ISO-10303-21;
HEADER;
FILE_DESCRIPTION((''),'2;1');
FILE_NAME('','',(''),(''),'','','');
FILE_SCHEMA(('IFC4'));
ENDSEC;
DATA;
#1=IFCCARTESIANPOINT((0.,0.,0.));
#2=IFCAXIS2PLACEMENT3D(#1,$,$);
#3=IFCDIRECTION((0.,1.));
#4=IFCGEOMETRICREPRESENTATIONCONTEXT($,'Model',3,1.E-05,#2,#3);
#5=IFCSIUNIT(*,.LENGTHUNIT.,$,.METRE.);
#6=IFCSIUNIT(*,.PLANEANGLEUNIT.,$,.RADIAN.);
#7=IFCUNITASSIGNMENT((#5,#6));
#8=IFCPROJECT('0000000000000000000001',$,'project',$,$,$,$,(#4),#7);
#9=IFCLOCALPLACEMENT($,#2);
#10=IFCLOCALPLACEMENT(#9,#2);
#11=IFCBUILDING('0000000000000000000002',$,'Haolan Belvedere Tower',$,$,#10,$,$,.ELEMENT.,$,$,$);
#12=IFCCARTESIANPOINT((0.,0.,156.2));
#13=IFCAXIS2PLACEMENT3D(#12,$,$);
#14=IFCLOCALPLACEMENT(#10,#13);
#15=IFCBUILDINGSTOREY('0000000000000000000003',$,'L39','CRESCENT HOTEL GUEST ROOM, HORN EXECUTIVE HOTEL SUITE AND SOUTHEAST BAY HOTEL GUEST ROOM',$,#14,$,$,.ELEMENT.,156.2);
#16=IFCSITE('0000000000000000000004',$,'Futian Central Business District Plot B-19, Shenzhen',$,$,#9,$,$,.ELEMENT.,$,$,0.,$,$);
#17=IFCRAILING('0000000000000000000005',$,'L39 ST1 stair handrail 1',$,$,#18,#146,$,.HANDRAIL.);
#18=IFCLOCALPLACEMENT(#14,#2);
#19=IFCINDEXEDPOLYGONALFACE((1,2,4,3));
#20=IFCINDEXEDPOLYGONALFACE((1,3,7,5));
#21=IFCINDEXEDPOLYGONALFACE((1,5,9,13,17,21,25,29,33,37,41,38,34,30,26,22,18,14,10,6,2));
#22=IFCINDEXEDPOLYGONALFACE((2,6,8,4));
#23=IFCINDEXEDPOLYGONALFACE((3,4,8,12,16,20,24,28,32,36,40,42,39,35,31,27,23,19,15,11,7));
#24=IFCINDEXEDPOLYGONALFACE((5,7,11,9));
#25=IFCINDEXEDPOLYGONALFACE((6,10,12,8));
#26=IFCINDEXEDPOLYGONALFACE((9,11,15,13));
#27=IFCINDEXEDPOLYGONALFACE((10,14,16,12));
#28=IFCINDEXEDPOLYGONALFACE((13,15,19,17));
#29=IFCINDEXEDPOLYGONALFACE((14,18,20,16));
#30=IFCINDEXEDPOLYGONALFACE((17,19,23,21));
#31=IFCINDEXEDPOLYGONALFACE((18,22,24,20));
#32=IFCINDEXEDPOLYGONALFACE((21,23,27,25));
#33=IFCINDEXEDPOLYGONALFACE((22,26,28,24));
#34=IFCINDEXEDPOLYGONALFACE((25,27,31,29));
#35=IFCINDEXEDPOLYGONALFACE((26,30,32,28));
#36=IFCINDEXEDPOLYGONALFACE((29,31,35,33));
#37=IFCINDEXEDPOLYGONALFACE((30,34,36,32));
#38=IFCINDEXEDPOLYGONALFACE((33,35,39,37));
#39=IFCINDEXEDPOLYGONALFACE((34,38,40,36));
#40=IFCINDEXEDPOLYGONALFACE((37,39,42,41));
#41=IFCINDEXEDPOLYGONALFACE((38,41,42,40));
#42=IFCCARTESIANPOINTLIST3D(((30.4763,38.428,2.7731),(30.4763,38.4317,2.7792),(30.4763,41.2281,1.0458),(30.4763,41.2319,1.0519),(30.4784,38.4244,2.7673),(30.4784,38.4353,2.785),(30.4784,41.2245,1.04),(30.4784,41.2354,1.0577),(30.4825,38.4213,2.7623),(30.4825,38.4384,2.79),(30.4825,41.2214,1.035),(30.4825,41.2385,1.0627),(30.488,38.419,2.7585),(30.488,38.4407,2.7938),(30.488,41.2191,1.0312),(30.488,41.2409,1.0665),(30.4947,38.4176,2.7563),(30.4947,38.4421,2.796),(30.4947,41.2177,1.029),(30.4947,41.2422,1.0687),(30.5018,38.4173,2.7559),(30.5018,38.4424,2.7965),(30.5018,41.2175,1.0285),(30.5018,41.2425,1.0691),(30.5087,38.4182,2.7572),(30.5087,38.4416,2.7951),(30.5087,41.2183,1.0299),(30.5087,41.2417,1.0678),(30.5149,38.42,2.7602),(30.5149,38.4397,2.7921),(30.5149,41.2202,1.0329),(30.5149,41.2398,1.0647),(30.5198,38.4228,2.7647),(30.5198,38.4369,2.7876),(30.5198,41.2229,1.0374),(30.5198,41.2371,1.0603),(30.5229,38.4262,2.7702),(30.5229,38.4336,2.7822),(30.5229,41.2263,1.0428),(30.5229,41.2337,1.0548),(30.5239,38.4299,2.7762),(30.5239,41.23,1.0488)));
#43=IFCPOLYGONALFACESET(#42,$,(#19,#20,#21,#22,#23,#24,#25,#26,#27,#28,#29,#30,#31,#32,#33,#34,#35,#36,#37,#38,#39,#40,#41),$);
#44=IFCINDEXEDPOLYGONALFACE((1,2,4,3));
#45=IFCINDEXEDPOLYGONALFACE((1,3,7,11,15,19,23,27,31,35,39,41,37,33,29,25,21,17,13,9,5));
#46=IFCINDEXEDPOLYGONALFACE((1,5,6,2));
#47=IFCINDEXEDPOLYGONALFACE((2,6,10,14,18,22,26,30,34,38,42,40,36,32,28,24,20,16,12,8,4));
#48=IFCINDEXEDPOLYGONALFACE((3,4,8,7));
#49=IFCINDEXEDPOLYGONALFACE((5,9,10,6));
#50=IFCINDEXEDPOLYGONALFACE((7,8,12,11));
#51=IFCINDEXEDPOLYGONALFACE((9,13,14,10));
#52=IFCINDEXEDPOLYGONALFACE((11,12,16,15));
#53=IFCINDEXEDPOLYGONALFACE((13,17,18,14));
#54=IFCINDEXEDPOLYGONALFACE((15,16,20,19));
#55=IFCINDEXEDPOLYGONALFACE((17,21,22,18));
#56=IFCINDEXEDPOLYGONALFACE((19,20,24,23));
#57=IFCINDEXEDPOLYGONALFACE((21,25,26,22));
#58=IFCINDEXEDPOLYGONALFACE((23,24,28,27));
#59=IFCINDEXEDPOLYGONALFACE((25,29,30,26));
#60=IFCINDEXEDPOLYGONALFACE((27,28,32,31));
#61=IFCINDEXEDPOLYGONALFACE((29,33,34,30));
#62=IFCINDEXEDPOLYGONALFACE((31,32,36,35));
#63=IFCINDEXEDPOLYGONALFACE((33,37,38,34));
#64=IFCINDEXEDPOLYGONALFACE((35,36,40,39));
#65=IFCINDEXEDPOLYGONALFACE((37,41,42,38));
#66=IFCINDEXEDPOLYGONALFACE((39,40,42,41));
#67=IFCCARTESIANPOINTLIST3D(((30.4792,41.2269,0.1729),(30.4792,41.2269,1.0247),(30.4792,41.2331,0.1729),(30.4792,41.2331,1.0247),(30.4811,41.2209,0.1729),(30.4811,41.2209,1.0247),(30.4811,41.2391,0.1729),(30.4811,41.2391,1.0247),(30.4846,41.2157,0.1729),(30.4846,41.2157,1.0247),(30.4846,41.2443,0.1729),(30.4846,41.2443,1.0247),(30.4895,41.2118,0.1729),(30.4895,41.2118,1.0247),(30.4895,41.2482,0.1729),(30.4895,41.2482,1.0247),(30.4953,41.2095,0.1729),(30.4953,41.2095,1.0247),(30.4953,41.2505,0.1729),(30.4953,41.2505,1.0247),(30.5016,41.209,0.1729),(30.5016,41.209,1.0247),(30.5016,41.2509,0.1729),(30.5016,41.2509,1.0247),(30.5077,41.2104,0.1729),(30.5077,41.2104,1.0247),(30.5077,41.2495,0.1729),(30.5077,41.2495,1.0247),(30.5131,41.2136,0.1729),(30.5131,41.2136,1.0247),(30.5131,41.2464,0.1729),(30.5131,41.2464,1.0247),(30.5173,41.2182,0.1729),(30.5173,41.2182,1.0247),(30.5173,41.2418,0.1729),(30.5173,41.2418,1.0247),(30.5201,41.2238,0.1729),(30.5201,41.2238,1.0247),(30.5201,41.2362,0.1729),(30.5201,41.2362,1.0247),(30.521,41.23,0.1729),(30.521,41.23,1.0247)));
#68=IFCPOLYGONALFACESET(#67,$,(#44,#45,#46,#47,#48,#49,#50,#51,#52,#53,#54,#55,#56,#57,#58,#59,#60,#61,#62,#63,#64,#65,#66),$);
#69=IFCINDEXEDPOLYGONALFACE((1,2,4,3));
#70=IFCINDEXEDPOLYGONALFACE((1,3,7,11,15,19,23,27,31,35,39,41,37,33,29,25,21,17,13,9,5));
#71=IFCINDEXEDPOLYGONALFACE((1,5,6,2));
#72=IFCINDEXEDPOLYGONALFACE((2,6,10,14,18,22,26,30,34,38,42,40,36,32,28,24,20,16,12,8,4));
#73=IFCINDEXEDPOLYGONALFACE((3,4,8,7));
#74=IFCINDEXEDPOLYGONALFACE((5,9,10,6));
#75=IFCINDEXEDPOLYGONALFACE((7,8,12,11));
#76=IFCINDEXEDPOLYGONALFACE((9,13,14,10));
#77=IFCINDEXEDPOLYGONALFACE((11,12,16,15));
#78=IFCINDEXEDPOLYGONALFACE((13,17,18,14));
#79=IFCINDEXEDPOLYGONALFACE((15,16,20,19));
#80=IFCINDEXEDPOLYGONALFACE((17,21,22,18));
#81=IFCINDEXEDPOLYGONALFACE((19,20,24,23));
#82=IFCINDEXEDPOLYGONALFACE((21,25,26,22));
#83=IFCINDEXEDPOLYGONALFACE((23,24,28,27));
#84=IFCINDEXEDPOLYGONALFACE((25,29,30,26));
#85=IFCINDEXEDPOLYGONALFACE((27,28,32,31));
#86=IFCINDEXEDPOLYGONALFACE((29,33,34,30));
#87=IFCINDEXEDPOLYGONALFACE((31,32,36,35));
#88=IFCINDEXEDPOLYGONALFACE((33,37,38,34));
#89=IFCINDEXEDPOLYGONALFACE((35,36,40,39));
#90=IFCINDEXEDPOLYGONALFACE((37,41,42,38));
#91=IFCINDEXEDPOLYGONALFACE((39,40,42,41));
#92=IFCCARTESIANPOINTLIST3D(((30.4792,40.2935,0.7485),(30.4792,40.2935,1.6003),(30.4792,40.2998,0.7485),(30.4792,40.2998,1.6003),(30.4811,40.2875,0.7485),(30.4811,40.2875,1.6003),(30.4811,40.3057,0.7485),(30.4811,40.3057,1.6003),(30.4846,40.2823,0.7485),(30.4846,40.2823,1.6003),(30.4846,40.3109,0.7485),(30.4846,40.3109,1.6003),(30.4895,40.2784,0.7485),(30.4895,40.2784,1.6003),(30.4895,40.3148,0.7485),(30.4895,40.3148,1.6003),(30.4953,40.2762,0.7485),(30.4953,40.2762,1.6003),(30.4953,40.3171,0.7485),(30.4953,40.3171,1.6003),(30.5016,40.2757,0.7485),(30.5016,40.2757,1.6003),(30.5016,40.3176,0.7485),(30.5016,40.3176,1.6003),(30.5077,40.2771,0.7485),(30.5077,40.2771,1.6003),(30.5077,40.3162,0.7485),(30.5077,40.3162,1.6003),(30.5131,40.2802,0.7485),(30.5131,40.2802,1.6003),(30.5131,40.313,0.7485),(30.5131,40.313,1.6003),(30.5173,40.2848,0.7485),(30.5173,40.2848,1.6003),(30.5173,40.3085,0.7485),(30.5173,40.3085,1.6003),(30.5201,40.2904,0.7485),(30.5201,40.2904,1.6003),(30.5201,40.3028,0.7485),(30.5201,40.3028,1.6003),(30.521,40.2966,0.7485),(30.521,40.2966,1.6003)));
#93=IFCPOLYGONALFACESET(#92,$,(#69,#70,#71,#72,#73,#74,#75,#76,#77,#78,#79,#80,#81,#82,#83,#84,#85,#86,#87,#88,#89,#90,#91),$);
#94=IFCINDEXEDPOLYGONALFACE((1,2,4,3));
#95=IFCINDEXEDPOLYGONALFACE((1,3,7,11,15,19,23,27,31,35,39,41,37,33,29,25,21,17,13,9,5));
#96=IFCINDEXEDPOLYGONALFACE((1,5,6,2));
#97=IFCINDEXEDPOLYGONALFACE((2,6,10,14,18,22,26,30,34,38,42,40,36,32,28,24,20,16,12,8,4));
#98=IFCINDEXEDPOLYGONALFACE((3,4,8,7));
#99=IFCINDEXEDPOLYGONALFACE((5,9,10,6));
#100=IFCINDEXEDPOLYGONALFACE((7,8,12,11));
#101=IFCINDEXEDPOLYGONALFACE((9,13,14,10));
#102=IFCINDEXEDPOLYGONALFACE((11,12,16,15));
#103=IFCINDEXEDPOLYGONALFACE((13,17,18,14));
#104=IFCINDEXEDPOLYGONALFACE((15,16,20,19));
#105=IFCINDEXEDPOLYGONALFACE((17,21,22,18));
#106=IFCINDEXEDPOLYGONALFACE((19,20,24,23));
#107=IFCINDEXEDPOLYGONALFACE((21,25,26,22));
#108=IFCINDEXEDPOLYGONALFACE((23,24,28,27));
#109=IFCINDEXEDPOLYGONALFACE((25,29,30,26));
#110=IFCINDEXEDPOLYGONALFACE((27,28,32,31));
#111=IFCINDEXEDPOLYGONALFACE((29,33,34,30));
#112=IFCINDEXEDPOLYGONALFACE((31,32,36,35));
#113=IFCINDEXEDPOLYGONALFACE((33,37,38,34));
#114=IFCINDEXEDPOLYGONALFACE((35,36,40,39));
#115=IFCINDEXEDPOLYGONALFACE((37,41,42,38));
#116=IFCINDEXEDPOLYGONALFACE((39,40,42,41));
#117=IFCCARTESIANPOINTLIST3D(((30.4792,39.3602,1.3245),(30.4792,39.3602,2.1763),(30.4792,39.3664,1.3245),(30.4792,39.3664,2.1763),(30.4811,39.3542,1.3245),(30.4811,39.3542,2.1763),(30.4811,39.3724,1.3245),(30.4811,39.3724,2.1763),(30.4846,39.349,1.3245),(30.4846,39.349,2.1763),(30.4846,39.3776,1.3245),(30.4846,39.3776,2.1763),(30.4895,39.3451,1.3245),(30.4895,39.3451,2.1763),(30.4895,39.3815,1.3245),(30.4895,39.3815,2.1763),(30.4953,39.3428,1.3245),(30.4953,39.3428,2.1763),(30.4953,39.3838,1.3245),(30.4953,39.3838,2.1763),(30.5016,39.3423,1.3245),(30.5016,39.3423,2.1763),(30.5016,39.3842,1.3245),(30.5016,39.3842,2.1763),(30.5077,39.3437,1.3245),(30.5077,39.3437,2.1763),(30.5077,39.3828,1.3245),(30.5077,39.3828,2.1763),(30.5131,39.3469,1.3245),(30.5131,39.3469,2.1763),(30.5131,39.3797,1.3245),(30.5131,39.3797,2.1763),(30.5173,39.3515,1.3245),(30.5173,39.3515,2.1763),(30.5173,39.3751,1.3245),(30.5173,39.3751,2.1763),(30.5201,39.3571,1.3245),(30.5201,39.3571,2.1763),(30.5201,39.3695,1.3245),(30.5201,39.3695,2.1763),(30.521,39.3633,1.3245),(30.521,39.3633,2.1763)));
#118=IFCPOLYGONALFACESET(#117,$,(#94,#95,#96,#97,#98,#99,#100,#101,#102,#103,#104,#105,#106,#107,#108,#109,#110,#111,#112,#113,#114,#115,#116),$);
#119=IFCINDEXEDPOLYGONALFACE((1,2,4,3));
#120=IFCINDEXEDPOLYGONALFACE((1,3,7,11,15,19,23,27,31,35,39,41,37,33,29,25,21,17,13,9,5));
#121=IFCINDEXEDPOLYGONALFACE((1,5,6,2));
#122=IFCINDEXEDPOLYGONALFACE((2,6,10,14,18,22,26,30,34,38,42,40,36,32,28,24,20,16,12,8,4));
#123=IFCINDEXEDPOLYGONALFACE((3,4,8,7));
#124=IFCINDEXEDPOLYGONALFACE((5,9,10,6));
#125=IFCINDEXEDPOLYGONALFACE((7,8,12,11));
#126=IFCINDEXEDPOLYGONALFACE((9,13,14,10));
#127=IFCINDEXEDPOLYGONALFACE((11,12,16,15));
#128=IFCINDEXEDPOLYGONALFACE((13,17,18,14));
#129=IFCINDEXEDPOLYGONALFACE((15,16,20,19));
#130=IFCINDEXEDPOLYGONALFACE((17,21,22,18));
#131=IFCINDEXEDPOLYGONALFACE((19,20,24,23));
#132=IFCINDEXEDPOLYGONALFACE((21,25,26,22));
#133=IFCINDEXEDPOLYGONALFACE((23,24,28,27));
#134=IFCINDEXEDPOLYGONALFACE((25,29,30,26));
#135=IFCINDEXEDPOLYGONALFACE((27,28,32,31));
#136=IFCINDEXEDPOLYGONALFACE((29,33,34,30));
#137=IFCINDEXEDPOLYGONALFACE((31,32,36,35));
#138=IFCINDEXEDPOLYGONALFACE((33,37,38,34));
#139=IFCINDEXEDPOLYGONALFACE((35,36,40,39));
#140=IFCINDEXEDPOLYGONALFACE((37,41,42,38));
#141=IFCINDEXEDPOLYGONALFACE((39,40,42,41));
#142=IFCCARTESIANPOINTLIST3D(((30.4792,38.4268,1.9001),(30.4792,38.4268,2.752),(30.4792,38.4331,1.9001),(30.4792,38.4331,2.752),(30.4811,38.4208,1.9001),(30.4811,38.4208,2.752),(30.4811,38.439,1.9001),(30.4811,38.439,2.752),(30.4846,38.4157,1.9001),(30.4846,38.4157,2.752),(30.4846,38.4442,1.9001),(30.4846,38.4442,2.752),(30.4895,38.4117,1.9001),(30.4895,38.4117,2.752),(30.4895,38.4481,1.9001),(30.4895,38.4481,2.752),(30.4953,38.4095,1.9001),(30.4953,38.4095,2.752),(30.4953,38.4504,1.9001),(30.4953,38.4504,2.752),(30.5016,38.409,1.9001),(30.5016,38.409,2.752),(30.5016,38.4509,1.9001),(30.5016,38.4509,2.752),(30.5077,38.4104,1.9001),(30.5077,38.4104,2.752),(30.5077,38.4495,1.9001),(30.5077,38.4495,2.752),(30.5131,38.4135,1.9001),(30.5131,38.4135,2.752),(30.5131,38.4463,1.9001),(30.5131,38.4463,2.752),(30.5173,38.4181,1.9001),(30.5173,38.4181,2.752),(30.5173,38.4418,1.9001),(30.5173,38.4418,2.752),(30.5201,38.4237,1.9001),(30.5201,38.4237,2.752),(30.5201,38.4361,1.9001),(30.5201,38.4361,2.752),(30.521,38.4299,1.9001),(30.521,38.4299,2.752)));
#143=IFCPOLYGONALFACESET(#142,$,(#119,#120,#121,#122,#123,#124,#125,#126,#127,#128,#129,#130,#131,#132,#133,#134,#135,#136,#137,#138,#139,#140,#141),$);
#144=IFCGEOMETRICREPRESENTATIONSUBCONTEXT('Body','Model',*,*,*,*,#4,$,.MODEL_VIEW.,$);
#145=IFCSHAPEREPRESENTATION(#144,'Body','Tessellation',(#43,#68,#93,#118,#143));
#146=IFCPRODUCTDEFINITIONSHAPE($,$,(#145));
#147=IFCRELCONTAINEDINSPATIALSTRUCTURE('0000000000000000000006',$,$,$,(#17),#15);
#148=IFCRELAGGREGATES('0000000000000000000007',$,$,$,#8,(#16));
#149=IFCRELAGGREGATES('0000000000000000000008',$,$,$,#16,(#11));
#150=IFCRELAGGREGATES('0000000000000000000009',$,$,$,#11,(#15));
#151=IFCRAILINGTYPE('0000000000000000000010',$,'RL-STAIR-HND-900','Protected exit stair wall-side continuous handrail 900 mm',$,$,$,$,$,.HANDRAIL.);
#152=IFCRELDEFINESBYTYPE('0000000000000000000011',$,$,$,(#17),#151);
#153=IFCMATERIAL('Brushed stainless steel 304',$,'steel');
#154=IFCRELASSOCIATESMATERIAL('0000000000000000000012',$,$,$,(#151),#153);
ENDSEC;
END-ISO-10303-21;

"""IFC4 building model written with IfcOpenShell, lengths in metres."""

from ifc_helpers import new_model, si_unit, direction, frame, origin, origin_2d, place, context, subcontext, project, spatial, circle, extrude, material, type_object, element, save


model = new_model("IFC4")

# Units and contexts
model_context = context("Model", 3, precision=1e-05, world=origin(), true_north=direction((0.0, 1.0)))
body_context = subcontext(model_context, "Body", "Model", "MODEL_VIEW")
ifc_project = project(units=[si_unit("LENGTHUNIT", "METRE"), si_unit("PLANEANGLEUNIT", "RADIAN")], contexts=[model_context])

# Site, building, storey
site_placement = place(None, origin())
site = spatial("IfcSite", under=ifc_project, at=site_placement, Name="Futian Central Business District Plot B-19, Shenzhen", CompositionType="ELEMENT", RefElevation=0.0)
building_placement = place(site_placement, origin())
building = spatial("IfcBuilding", under=site, at=building_placement, Name="Haolan Belvedere Tower", CompositionType="ELEMENT")
storey_placement = place(building_placement, frame((0.0, 0.0, 156.2)))
storey = spatial("IfcBuildingStorey", under=building, at=storey_placement, Name="L39", Description="CRESCENT HOTEL GUEST ROOM, HORN EXECUTIVE HOTEL SUITE AND SOUTHEAST BAY HOTEL GUEST ROOM", CompositionType="ELEMENT", Elevation=156.2)

# Railing
ifc_material_1 = material(Name="Brushed stainless steel 304", Category="steel")
railing_type_1 = type_object("IfcRailingType", Name="RL-STAIR-HND-900", Description="Protected exit stair wall-side continuous handrail 900 mm", PredefinedType="HANDRAIL", material=ifc_material_1)
railing_1_placement = place(storey_placement, frame((30.5, 41.23, 0.1729)))
element("IfcRailing", 1, at=railing_1_placement, inside=storey, type_object=railing_type_1, Name="L39 ST1 stair handrail 1", PredefinedType="HANDRAIL", context=body_context, shape_type="SweptSolid", body=[
    extrude(circle(Radius=0.0239, at=origin_2d()), frame((0.0, 0.0, 0.876), z_axis=(0.0, -0.85109, 0.52502), x_axis=(1.0, 0.0, 0.0)), (0.0, 0.0, 1.0), 3.29),
    extrude(circle(Radius=0.021, at=origin_2d()), origin(), (0.0, 0.0, 1.0), 0.8518),
    extrude(circle(Radius=0.021, at=origin_2d()), frame((0.0, -0.9333, 0.5757)), (0.0, 0.0, 1.0), 0.8518),
    extrude(circle(Radius=0.021, at=origin_2d()), frame((0.0, -1.8667, 1.1516)), (0.0, 0.0, 1.0), 0.8518),
    extrude(circle(Radius=0.021, at=origin_2d()), frame((0.0, -2.8, 1.7273)), (0.0, 0.0, 1.0), 0.8518),
])

save(model, "model.ifc")
